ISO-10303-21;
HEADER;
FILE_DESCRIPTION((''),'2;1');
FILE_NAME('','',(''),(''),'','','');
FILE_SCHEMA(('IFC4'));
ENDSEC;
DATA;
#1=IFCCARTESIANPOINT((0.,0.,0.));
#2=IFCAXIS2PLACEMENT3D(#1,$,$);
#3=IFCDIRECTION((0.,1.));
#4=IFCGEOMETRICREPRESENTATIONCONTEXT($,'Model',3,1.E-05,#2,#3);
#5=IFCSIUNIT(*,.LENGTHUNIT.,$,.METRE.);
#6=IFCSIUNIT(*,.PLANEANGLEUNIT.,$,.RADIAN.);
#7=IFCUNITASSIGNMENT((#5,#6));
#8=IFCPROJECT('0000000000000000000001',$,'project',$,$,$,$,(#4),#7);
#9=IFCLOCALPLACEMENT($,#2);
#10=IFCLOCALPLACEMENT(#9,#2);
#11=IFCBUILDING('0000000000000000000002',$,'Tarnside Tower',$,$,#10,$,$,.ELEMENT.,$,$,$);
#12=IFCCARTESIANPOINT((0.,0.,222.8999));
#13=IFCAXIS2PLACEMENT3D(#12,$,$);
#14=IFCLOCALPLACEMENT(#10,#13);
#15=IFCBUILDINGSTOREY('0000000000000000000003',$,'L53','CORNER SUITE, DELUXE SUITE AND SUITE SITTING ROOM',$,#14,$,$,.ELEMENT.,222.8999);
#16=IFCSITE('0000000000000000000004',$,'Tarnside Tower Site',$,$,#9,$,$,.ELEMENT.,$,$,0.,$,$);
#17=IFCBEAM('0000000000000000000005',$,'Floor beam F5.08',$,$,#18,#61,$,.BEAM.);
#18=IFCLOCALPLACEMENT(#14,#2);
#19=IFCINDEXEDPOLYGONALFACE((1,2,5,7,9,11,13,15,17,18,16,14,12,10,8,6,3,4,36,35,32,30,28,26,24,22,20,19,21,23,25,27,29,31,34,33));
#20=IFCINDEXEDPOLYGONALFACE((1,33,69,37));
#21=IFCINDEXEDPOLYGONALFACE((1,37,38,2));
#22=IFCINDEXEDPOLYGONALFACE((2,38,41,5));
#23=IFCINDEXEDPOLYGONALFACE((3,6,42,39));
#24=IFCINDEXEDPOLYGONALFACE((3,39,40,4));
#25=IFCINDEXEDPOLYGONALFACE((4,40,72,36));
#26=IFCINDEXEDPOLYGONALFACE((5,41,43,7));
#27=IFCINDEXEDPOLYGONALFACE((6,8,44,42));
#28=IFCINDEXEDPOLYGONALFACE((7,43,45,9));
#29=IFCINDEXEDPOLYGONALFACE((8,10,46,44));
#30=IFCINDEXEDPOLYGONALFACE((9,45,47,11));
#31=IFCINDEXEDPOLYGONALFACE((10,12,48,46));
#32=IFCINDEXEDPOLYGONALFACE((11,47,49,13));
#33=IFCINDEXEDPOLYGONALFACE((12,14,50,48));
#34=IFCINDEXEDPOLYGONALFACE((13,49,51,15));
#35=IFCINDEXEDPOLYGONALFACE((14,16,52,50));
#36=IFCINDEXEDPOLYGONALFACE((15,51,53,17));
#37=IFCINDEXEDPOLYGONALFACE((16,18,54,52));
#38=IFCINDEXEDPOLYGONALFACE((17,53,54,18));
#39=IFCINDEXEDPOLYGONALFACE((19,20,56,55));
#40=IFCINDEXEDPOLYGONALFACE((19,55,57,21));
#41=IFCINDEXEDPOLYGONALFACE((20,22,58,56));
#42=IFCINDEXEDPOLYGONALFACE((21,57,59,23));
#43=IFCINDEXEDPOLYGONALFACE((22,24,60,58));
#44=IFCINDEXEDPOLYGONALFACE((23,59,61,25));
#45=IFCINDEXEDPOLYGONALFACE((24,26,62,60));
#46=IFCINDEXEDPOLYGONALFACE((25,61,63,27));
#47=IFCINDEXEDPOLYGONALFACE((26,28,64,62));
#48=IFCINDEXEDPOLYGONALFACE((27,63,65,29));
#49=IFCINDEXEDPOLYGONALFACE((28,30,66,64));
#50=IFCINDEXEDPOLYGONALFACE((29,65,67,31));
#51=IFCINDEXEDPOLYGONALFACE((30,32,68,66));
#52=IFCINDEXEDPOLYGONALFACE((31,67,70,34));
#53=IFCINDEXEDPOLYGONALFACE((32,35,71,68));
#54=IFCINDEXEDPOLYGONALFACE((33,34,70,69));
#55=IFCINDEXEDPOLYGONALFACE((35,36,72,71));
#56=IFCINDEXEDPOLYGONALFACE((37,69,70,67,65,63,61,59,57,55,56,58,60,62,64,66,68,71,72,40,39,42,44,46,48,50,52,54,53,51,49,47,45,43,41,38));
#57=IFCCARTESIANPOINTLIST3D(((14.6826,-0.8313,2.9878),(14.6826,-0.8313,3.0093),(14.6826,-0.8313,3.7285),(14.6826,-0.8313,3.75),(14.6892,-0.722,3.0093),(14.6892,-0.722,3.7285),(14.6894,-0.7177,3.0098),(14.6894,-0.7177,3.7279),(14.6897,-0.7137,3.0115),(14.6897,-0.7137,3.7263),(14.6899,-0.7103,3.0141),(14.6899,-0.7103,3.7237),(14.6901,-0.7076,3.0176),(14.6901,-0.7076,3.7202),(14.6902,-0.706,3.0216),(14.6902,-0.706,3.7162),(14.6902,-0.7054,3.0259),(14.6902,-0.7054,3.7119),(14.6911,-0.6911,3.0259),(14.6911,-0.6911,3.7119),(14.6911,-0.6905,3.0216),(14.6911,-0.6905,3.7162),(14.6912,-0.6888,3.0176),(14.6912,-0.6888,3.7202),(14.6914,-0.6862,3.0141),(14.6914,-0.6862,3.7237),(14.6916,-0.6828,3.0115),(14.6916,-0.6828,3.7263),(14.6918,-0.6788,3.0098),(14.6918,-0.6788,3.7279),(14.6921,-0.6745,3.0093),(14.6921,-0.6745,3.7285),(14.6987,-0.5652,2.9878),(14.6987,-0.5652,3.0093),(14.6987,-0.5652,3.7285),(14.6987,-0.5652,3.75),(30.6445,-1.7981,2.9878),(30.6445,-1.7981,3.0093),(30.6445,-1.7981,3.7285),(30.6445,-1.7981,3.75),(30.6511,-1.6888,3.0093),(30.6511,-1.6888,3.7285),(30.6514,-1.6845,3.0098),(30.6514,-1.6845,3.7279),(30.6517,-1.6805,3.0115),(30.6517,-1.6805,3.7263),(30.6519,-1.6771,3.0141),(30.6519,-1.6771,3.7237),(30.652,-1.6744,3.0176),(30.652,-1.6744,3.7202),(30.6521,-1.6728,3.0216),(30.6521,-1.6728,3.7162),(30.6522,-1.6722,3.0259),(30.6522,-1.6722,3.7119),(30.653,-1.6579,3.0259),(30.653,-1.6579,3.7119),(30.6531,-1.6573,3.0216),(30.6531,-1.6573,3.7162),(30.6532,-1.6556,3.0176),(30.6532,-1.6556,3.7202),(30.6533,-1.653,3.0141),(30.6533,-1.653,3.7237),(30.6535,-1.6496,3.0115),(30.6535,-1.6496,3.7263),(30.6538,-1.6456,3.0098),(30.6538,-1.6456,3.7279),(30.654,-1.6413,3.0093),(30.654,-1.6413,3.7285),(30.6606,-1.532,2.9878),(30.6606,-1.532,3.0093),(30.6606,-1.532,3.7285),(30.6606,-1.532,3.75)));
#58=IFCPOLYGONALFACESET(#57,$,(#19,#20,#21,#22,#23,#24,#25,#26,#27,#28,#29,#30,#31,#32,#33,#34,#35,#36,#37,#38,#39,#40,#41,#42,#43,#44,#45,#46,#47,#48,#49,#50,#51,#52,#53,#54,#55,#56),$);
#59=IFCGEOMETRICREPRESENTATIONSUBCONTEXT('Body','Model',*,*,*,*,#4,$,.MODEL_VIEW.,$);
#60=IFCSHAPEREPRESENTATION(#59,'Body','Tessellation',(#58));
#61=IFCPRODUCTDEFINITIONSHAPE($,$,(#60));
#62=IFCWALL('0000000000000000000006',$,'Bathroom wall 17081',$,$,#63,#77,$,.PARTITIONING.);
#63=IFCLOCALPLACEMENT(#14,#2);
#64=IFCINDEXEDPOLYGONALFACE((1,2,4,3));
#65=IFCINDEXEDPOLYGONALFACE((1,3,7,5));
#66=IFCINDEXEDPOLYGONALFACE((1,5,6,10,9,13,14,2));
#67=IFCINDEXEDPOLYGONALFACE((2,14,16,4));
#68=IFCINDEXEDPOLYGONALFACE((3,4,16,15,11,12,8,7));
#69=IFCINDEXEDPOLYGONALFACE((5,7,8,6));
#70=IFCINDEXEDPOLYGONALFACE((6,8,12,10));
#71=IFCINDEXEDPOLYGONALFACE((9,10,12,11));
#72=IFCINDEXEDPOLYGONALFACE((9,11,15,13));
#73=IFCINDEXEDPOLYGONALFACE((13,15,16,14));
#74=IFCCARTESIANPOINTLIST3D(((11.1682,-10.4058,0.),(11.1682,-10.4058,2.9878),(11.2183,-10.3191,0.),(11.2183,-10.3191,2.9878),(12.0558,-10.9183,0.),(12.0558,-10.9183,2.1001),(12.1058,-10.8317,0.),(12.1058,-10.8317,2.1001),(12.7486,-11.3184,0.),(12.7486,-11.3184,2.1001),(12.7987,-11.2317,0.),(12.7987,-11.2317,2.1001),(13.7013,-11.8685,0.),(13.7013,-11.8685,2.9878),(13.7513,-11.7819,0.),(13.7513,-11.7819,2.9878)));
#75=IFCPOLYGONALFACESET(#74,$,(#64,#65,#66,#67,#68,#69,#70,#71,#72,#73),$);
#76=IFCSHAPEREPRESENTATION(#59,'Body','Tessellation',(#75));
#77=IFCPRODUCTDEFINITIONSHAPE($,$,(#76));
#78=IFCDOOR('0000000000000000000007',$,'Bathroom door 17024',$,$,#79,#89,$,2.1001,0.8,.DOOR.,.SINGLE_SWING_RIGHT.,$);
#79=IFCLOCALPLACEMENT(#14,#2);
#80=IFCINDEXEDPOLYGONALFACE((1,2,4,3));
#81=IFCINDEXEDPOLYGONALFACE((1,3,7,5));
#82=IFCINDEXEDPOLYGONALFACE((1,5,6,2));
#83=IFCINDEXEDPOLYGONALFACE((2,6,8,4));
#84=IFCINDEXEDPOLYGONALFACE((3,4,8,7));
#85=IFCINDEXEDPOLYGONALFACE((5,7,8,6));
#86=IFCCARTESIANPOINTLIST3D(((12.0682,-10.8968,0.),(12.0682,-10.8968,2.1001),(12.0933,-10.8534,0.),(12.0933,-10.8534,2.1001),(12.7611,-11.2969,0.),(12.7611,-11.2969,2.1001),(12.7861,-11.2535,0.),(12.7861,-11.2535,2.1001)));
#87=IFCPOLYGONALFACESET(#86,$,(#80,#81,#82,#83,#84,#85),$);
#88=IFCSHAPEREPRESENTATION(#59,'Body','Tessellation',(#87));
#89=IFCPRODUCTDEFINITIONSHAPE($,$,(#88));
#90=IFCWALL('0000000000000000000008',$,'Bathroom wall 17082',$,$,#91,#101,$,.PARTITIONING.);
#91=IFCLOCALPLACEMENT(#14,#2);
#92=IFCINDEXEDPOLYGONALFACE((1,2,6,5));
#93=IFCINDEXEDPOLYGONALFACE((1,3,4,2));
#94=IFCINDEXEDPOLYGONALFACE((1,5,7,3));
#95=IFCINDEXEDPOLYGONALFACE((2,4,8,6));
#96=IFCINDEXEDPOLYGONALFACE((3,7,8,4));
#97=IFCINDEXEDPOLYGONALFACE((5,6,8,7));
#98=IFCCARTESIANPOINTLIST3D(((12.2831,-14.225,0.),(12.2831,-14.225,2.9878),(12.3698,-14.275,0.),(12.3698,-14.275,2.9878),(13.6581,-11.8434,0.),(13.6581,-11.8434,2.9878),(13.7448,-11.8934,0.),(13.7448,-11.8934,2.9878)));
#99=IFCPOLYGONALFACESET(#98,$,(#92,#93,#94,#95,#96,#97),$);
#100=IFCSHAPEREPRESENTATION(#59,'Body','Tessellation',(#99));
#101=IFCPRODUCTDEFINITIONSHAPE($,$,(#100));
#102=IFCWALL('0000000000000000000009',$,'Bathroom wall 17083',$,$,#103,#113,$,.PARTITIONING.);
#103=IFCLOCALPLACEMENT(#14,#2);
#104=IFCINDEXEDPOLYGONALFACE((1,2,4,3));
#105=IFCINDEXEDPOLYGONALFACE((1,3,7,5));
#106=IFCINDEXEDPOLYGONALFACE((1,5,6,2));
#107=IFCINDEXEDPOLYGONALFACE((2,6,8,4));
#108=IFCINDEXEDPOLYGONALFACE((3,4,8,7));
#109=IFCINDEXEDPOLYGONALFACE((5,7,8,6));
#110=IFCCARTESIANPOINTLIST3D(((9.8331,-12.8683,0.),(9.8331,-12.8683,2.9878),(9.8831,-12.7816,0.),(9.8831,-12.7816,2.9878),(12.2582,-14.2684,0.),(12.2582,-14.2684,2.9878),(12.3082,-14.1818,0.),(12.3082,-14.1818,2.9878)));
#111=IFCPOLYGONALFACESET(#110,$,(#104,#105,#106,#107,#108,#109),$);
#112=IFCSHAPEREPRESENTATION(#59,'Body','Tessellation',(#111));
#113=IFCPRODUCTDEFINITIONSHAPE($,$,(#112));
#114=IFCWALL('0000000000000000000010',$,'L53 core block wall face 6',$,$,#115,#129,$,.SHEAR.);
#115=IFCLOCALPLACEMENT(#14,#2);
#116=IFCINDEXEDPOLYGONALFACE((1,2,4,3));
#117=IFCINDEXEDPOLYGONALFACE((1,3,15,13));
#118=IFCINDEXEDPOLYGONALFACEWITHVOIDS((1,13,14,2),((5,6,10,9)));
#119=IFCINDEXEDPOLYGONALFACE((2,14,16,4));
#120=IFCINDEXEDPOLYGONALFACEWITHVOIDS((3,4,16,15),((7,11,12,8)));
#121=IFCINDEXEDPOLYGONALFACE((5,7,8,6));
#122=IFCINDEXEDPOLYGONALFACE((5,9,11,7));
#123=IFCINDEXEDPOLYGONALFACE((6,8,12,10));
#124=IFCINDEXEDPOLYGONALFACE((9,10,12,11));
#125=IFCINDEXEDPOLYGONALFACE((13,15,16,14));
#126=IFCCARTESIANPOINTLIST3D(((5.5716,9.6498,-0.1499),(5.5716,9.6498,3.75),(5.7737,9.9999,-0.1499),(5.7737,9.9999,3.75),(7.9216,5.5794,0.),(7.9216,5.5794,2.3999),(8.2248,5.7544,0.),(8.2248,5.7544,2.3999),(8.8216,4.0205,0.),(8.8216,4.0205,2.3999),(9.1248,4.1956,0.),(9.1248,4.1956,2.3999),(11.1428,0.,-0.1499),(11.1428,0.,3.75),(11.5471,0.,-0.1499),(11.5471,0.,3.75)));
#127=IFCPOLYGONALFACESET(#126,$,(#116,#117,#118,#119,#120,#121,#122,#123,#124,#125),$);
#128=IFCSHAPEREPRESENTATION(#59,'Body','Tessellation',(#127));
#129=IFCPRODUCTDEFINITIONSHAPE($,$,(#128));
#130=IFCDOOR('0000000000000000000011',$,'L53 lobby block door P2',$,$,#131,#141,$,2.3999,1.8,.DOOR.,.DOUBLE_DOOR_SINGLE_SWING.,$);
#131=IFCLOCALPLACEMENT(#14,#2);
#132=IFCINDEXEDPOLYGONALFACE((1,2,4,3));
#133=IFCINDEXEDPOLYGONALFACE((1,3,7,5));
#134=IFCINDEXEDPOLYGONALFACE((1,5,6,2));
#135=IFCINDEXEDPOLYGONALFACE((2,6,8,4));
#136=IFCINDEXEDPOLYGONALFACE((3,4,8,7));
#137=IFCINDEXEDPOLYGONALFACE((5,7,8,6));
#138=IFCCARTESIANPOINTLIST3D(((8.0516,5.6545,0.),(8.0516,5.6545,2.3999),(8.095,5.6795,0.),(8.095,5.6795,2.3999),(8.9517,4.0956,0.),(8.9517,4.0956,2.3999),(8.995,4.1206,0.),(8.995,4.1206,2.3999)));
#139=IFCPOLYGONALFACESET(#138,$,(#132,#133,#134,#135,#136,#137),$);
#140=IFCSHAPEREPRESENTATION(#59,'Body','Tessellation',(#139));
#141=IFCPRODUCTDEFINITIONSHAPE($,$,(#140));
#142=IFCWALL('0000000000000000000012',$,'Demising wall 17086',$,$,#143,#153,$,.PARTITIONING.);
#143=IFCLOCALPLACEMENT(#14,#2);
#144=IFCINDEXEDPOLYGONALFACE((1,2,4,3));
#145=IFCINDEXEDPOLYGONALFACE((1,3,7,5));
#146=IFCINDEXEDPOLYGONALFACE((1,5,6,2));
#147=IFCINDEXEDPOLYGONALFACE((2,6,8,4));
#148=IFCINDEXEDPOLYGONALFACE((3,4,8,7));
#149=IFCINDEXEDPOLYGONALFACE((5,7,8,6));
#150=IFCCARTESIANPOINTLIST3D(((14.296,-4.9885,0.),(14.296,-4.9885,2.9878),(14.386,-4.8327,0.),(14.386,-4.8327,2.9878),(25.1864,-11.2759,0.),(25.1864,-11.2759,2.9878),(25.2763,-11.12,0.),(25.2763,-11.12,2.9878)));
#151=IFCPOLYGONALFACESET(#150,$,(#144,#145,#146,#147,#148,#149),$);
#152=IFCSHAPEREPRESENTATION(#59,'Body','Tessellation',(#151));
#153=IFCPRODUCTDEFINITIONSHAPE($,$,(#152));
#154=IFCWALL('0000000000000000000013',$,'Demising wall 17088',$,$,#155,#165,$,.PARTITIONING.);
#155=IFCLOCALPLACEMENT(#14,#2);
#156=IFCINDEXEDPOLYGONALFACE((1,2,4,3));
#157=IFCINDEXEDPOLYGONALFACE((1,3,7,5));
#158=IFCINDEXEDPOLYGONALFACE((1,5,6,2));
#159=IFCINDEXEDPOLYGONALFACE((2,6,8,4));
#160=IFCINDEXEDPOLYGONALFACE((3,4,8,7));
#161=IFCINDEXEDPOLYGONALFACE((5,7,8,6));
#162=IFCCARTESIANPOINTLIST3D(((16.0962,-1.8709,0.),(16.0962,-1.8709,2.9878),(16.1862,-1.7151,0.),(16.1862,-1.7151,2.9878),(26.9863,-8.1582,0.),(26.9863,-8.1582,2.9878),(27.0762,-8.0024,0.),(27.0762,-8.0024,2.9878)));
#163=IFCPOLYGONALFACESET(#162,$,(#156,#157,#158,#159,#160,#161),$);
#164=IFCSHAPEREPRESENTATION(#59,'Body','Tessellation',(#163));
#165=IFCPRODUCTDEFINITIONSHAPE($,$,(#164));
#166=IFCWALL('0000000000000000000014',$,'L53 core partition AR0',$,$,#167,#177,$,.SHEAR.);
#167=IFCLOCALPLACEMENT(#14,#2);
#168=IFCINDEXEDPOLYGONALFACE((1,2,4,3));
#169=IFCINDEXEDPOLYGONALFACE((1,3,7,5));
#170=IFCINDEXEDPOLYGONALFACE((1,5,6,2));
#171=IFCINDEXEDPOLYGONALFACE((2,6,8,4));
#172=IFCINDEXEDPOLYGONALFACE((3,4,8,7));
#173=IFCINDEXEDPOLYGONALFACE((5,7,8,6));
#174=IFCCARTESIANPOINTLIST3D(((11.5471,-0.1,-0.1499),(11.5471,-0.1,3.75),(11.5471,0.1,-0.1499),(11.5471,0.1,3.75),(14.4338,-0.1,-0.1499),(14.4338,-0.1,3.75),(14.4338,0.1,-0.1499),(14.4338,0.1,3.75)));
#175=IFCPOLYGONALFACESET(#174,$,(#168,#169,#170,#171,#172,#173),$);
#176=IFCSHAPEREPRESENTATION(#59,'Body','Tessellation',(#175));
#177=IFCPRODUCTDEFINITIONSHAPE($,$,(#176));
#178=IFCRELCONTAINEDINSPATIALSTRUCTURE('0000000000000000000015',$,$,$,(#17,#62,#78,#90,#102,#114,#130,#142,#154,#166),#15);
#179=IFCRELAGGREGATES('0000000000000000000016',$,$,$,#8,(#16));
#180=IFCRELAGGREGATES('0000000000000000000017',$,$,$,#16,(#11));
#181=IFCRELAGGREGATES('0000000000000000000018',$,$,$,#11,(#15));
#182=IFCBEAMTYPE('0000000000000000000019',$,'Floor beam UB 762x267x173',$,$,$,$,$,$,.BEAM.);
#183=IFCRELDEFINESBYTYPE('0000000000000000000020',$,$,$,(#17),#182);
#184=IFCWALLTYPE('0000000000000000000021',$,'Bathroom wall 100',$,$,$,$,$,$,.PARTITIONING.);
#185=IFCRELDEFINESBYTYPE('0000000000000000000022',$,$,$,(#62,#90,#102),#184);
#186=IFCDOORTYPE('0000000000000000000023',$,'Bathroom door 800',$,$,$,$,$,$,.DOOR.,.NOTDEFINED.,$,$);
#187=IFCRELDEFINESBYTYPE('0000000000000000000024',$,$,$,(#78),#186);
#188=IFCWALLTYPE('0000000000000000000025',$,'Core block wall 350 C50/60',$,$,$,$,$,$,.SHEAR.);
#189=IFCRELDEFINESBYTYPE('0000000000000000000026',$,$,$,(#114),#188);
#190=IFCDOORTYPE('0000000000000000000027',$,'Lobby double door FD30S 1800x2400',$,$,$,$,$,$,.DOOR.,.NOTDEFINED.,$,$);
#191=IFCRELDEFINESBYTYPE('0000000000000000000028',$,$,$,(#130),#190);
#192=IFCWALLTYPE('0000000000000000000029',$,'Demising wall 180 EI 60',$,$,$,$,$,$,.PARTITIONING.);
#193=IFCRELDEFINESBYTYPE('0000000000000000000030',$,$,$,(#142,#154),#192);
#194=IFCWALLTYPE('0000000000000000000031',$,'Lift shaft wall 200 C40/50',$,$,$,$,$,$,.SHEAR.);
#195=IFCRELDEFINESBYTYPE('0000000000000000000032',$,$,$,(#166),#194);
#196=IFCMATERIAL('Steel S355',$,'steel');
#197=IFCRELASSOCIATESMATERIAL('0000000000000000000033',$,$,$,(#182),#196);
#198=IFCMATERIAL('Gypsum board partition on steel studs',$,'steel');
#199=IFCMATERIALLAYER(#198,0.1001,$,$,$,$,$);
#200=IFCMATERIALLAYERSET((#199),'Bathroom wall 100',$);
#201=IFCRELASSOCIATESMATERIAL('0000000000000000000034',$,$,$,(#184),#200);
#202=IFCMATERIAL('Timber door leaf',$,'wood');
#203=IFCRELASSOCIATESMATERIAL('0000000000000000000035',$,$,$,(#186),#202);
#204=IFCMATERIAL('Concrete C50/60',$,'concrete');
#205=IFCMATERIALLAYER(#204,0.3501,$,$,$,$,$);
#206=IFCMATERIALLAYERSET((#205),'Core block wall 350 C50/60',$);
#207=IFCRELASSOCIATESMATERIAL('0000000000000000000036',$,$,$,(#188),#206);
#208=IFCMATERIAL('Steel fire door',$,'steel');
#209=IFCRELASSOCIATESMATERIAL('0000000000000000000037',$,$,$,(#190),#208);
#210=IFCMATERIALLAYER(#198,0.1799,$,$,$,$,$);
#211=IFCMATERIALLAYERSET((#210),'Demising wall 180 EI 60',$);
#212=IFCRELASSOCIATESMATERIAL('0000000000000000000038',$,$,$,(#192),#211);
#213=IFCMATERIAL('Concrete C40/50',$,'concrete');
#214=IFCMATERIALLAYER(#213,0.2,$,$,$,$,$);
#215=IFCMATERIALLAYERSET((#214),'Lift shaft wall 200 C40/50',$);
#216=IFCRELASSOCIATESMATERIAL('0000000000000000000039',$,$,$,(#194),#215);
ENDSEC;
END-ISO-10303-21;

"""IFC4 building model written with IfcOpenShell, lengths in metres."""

from ifc_helpers import new_model, si_unit, direction, frame, frame_2d, origin, origin_2d, place, context, subcontext, project, spatial, polyline, rectangle, i_section, outline, extrude, material, layer, layer_set, material_profile, profile_set, type_object, element, fill, save


model = new_model("IFC4")

# Units and contexts
model_context = context("Model", 3, precision=1e-05, world=origin(), true_north=direction((0.0, 1.0)))
body_context = subcontext(model_context, "Body", "Model", "MODEL_VIEW")
ifc_project = project(units=[si_unit("LENGTHUNIT", "METRE"), si_unit("PLANEANGLEUNIT", "RADIAN")], contexts=[model_context])

# Site, building, storey
site_placement = place(None, origin())
site = spatial("IfcSite", under=ifc_project, at=site_placement, Name="Tarnside Tower Site", CompositionType="ELEMENT", RefElevation=0.0)
building_placement = place(site_placement, origin())
building = spatial("IfcBuilding", under=site, at=building_placement, Name="Tarnside Tower", CompositionType="ELEMENT")
storey_placement = place(building_placement, frame((0.0, 0.0, 222.8999)))
storey = spatial("IfcBuildingStorey", under=building, at=storey_placement, Name="L53", Description="CORNER SUITE, DELUXE SUITE AND SUITE SITTING ROOM", CompositionType="ELEMENT", Elevation=222.8999)

# Beam
ifc_material_1 = material(Name="Steel S355", Category="steel")
ifc_material_profile_1 = material_profile(ifc_material_1, i_section(OverallWidth=0.2666, OverallDepth=0.7622, WebThickness=0.0144, FlangeThickness=0.0215, FilletRadius=0.0166, at=origin_2d()), Name="UB 762x267x173")
ifc_profile_set_1 = profile_set([ifc_material_profile_1], Name="Steel S355")
beam_type_1 = type_object("IfcBeamType", Name="Floor beam UB 762x267x173", PredefinedType="BEAM", material=ifc_profile_set_1)
beam_1_placement = place(storey_placement, frame((30.6526, -1.665, 3.3689), z_axis=(-0.998171, 0.060458, 0.0), x_axis=(-0.060458, -0.998171, 0.0)))
element("IfcBeam", 1, at=beam_1_placement, inside=storey, type_object=beam_type_1, Name="Floor beam F5.08", PredefinedType="BEAM", context=body_context, shape_type="SweptSolid", body=[
    extrude(i_section(OverallWidth=0.2666, OverallDepth=0.7622, WebThickness=0.0144, FlangeThickness=0.0215, FilletRadius=0.0166, at=origin_2d()), origin(), (0.0, 0.0, 1.0), 15.9912),
])

# Wall, opening, door
ifc_material_2 = material(Name="Gypsum board partition on steel studs", Category="steel")
ifc_layer_1 = layer(ifc_material_2, 0.1001)
ifc_layer_set_1 = layer_set([ifc_layer_1], Name="Bathroom wall 100")
wall_type_1 = type_object("IfcWallType", Name="Bathroom wall 100", PredefinedType="PARTITIONING", material=ifc_layer_set_1)
wall_1_placement = place(storey_placement, frame((11.1934, -10.3625, 0.0), z_axis=(0.0, 0.0, 1.0), x_axis=(0.86599, -0.500062, 0.0)))
wall_1 = element("IfcWall", 2, at=wall_1_placement, inside=storey, type_object=wall_type_1, Name="Bathroom wall 17081", PredefinedType="PARTITIONING", context=body_context, shape_type="SweptSolid", body=[
    extrude(rectangle(XDim=2.925, YDim=0.1001, at=frame_2d((1.4624, 0.0))), origin(), (0.0, 0.0, 1.0), 2.9878),
])
opening_1_placement = place(wall_1_placement, frame((1.0249, 0.0, 0.0)))
opening_1 = element("IfcOpeningElement", 3, at=opening_1_placement, cuts=wall_1, PredefinedType="OPENING", context=body_context, shape_type="SweptSolid", body=[
    extrude(rectangle(XDim=0.8, YDim=2.1001, at=frame_2d((0.3999, 1.05))), frame((0.0, 0.0601, 0.0), z_axis=(0.0, -1.0, 0.0), x_axis=(1.0, 0.0, 0.0)), (0.0, 0.0, 1.0), 0.1201),
])
ifc_material_3 = material(Name="Timber door leaf", Category="wood")
door_type_1 = type_object("IfcDoorType", Name="Bathroom door 800", OperationType="NOTDEFINED", PredefinedType="DOOR", material=ifc_material_3)
door_1_placement = place(opening_1_placement, origin())
door_1 = element("IfcDoor", 4, at=door_1_placement, inside=storey, type_object=door_type_1, Name="Bathroom door 17024", OperationType="SINGLE_SWING_RIGHT", OverallHeight=2.1001, OverallWidth=0.8, PredefinedType="DOOR", context=body_context, shape_type="SweptSolid", body=[
    extrude(rectangle(XDim=0.8, YDim=2.1001, at=frame_2d((0.3999, 1.05))), frame((0.0, 0.0249, 0.0), z_axis=(0.0, -1.0, 0.0), x_axis=(1.0, 0.0, 0.0)), (0.0, 0.0, 1.0), 0.05),
])
fill(opening_1, door_1)

# Walls
wall_2_placement = place(storey_placement, frame((13.7014, -11.8684, 0.0), z_axis=(0.0, 0.0, 1.0), x_axis=(-0.499997, -0.866027, 0.0)))
element("IfcWall", 5, at=wall_2_placement, inside=storey, type_object=wall_type_1, Name="Bathroom wall 17082", PredefinedType="PARTITIONING", context=body_context, shape_type="SweptSolid", body=[
    extrude(rectangle(XDim=2.75, YDim=0.1001, at=frame_2d((1.375, 0.0))), origin(), (0.0, 0.0, 1.0), 2.9878),
])
wall_3_placement = place(storey_placement, frame((12.2832, -14.2251, 0.0), z_axis=(0.0, 0.0, 1.0), x_axis=(-0.866019, 0.500012, 0.0)))
element("IfcWall", 6, at=wall_3_placement, inside=storey, type_object=wall_type_1, Name="Bathroom wall 17083", PredefinedType="PARTITIONING", context=body_context, shape_type="SweptSolid", body=[
    extrude(rectangle(XDim=2.8003, YDim=0.1001, at=frame_2d((1.4001, 0.0))), origin(), (0.0, 0.0, 1.0), 2.9878),
])

# Wall, opening, door
ifc_material_4 = material(Name="Concrete C50/60", Category="concrete")
ifc_layer_2 = layer(ifc_material_4, 0.3501)
ifc_layer_set_2 = layer_set([ifc_layer_2], Name="Core block wall 350 C50/60")
wall_type_2 = type_object("IfcWallType", Name="Core block wall 350 C50/60", PredefinedType="SHEAR", material=ifc_layer_set_2)
wall_4_placement = place(storey_placement, frame((11.345, 0.0, -0.1499), z_axis=(0.0, 0.0, 1.0), x_axis=(-0.499995, 0.866028, 0.0)))
wall_4 = element("IfcWall", 7, at=wall_4_placement, inside=storey, type_object=wall_type_2, Name="L53 core block wall face 6", PredefinedType="SHEAR", context=body_context, shape_type="SweptSolid", body=[
    extrude(outline(polyline([(-0.1011, -0.175), (11.4458, -0.175), (11.2437, 0.175), (0.1011, 0.175), (-0.1011, -0.175)])), origin(), (0.0, 0.0, 1.0), 3.8999),
])
opening_2_placement = place(wall_4_placement, frame((4.7437, 0.0, 0.1499)))
opening_2 = element("IfcOpeningElement", 8, at=opening_2_placement, cuts=wall_4, PredefinedType="OPENING", context=body_context, shape_type="SweptSolid", body=[
    extrude(rectangle(XDim=1.8, YDim=2.3999, at=frame_2d((0.8999, 1.2))), frame((0.0, 0.1851, 0.0), z_axis=(0.0, -1.0, 0.0), x_axis=(1.0, 0.0, 0.0)), (0.0, 0.0, 1.0), 0.3701),
])
ifc_material_5 = material(Name="Steel fire door", Category="steel")
door_type_2 = type_object("IfcDoorType", Name="Lobby double door FD30S 1800x2400", OperationType="NOTDEFINED", PredefinedType="DOOR", material=ifc_material_5)
door_2_placement = place(opening_2_placement, origin())
door_2 = element("IfcDoor", 9, at=door_2_placement, inside=storey, type_object=door_type_2, Name="L53 lobby block door P2", OperationType="DOUBLE_DOOR_SINGLE_SWING", OverallHeight=2.3999, OverallWidth=1.8, PredefinedType="DOOR", context=body_context, shape_type="SweptSolid", body=[
    extrude(rectangle(XDim=1.8, YDim=2.3999, at=frame_2d((0.8999, 1.2))), frame((0.0, 0.0249, 0.0), z_axis=(0.0, -1.0, 0.0), x_axis=(1.0, 0.0, 0.0)), (0.0, 0.0, 1.0), 0.05),
])
fill(opening_2, door_2)

# Walls
ifc_layer_3 = layer(ifc_material_2, 0.1799)
ifc_layer_set_3 = layer_set([ifc_layer_3], Name="Demising wall 180 EI 60")
wall_type_3 = type_object("IfcWallType", Name="Demising wall 180 EI 60", PredefinedType="PARTITIONING", material=ifc_layer_set_3)
wall_5_placement = place(storey_placement, frame((25.2314, -11.198, 0.0), z_axis=(0.0, 0.0, 1.0), x_axis=(-0.866033, 0.499987, 0.0)))
element("IfcWall", 10, at=wall_5_placement, inside=storey, type_object=wall_type_3, Name="Demising wall 17086", PredefinedType="PARTITIONING", context=body_context, shape_type="SweptSolid", body=[
    extrude(rectangle(XDim=12.575, YDim=0.1799, at=frame_2d((6.2876, 0.0))), origin(), (0.0, 0.0, 1.0), 2.9878),
])
wall_6_placement = place(storey_placement, frame((27.0312, -8.0803, 0.0), z_axis=(0.0, 0.0, 1.0), x_axis=(-0.866028, 0.499996, 0.0)))
element("IfcWall", 11, at=wall_6_placement, inside=storey, type_object=wall_type_3, Name="Demising wall 17088", PredefinedType="PARTITIONING", context=body_context, shape_type="SweptSolid", body=[
    extrude(rectangle(XDim=12.5747, YDim=0.1799, at=frame_2d((6.2874, 0.0))), origin(), (0.0, 0.0, 1.0), 2.9878),
])
ifc_material_6 = material(Name="Concrete C40/50", Category="concrete")
ifc_layer_4 = layer(ifc_material_6, 0.2)
ifc_layer_set_4 = layer_set([ifc_layer_4], Name="Lift shaft wall 200 C40/50")
wall_type_4 = type_object("IfcWallType", Name="Lift shaft wall 200 C40/50", PredefinedType="SHEAR", material=ifc_layer_set_4)
wall_7_placement = place(storey_placement, frame((11.5471, 0.0, -0.1499), z_axis=(0.0, 0.0, 1.0), x_axis=(1.0, 0.0, 0.0)))
element("IfcWall", 12, at=wall_7_placement, inside=storey, type_object=wall_type_4, Name="L53 core partition AR0", PredefinedType="SHEAR", context=body_context, shape_type="SweptSolid", body=[
    extrude(rectangle(XDim=2.8867, YDim=0.2, at=frame_2d((1.4434, 0.0))), origin(), (0.0, 0.0, 1.0), 3.8999),
])

save(model, "model.ifc")
